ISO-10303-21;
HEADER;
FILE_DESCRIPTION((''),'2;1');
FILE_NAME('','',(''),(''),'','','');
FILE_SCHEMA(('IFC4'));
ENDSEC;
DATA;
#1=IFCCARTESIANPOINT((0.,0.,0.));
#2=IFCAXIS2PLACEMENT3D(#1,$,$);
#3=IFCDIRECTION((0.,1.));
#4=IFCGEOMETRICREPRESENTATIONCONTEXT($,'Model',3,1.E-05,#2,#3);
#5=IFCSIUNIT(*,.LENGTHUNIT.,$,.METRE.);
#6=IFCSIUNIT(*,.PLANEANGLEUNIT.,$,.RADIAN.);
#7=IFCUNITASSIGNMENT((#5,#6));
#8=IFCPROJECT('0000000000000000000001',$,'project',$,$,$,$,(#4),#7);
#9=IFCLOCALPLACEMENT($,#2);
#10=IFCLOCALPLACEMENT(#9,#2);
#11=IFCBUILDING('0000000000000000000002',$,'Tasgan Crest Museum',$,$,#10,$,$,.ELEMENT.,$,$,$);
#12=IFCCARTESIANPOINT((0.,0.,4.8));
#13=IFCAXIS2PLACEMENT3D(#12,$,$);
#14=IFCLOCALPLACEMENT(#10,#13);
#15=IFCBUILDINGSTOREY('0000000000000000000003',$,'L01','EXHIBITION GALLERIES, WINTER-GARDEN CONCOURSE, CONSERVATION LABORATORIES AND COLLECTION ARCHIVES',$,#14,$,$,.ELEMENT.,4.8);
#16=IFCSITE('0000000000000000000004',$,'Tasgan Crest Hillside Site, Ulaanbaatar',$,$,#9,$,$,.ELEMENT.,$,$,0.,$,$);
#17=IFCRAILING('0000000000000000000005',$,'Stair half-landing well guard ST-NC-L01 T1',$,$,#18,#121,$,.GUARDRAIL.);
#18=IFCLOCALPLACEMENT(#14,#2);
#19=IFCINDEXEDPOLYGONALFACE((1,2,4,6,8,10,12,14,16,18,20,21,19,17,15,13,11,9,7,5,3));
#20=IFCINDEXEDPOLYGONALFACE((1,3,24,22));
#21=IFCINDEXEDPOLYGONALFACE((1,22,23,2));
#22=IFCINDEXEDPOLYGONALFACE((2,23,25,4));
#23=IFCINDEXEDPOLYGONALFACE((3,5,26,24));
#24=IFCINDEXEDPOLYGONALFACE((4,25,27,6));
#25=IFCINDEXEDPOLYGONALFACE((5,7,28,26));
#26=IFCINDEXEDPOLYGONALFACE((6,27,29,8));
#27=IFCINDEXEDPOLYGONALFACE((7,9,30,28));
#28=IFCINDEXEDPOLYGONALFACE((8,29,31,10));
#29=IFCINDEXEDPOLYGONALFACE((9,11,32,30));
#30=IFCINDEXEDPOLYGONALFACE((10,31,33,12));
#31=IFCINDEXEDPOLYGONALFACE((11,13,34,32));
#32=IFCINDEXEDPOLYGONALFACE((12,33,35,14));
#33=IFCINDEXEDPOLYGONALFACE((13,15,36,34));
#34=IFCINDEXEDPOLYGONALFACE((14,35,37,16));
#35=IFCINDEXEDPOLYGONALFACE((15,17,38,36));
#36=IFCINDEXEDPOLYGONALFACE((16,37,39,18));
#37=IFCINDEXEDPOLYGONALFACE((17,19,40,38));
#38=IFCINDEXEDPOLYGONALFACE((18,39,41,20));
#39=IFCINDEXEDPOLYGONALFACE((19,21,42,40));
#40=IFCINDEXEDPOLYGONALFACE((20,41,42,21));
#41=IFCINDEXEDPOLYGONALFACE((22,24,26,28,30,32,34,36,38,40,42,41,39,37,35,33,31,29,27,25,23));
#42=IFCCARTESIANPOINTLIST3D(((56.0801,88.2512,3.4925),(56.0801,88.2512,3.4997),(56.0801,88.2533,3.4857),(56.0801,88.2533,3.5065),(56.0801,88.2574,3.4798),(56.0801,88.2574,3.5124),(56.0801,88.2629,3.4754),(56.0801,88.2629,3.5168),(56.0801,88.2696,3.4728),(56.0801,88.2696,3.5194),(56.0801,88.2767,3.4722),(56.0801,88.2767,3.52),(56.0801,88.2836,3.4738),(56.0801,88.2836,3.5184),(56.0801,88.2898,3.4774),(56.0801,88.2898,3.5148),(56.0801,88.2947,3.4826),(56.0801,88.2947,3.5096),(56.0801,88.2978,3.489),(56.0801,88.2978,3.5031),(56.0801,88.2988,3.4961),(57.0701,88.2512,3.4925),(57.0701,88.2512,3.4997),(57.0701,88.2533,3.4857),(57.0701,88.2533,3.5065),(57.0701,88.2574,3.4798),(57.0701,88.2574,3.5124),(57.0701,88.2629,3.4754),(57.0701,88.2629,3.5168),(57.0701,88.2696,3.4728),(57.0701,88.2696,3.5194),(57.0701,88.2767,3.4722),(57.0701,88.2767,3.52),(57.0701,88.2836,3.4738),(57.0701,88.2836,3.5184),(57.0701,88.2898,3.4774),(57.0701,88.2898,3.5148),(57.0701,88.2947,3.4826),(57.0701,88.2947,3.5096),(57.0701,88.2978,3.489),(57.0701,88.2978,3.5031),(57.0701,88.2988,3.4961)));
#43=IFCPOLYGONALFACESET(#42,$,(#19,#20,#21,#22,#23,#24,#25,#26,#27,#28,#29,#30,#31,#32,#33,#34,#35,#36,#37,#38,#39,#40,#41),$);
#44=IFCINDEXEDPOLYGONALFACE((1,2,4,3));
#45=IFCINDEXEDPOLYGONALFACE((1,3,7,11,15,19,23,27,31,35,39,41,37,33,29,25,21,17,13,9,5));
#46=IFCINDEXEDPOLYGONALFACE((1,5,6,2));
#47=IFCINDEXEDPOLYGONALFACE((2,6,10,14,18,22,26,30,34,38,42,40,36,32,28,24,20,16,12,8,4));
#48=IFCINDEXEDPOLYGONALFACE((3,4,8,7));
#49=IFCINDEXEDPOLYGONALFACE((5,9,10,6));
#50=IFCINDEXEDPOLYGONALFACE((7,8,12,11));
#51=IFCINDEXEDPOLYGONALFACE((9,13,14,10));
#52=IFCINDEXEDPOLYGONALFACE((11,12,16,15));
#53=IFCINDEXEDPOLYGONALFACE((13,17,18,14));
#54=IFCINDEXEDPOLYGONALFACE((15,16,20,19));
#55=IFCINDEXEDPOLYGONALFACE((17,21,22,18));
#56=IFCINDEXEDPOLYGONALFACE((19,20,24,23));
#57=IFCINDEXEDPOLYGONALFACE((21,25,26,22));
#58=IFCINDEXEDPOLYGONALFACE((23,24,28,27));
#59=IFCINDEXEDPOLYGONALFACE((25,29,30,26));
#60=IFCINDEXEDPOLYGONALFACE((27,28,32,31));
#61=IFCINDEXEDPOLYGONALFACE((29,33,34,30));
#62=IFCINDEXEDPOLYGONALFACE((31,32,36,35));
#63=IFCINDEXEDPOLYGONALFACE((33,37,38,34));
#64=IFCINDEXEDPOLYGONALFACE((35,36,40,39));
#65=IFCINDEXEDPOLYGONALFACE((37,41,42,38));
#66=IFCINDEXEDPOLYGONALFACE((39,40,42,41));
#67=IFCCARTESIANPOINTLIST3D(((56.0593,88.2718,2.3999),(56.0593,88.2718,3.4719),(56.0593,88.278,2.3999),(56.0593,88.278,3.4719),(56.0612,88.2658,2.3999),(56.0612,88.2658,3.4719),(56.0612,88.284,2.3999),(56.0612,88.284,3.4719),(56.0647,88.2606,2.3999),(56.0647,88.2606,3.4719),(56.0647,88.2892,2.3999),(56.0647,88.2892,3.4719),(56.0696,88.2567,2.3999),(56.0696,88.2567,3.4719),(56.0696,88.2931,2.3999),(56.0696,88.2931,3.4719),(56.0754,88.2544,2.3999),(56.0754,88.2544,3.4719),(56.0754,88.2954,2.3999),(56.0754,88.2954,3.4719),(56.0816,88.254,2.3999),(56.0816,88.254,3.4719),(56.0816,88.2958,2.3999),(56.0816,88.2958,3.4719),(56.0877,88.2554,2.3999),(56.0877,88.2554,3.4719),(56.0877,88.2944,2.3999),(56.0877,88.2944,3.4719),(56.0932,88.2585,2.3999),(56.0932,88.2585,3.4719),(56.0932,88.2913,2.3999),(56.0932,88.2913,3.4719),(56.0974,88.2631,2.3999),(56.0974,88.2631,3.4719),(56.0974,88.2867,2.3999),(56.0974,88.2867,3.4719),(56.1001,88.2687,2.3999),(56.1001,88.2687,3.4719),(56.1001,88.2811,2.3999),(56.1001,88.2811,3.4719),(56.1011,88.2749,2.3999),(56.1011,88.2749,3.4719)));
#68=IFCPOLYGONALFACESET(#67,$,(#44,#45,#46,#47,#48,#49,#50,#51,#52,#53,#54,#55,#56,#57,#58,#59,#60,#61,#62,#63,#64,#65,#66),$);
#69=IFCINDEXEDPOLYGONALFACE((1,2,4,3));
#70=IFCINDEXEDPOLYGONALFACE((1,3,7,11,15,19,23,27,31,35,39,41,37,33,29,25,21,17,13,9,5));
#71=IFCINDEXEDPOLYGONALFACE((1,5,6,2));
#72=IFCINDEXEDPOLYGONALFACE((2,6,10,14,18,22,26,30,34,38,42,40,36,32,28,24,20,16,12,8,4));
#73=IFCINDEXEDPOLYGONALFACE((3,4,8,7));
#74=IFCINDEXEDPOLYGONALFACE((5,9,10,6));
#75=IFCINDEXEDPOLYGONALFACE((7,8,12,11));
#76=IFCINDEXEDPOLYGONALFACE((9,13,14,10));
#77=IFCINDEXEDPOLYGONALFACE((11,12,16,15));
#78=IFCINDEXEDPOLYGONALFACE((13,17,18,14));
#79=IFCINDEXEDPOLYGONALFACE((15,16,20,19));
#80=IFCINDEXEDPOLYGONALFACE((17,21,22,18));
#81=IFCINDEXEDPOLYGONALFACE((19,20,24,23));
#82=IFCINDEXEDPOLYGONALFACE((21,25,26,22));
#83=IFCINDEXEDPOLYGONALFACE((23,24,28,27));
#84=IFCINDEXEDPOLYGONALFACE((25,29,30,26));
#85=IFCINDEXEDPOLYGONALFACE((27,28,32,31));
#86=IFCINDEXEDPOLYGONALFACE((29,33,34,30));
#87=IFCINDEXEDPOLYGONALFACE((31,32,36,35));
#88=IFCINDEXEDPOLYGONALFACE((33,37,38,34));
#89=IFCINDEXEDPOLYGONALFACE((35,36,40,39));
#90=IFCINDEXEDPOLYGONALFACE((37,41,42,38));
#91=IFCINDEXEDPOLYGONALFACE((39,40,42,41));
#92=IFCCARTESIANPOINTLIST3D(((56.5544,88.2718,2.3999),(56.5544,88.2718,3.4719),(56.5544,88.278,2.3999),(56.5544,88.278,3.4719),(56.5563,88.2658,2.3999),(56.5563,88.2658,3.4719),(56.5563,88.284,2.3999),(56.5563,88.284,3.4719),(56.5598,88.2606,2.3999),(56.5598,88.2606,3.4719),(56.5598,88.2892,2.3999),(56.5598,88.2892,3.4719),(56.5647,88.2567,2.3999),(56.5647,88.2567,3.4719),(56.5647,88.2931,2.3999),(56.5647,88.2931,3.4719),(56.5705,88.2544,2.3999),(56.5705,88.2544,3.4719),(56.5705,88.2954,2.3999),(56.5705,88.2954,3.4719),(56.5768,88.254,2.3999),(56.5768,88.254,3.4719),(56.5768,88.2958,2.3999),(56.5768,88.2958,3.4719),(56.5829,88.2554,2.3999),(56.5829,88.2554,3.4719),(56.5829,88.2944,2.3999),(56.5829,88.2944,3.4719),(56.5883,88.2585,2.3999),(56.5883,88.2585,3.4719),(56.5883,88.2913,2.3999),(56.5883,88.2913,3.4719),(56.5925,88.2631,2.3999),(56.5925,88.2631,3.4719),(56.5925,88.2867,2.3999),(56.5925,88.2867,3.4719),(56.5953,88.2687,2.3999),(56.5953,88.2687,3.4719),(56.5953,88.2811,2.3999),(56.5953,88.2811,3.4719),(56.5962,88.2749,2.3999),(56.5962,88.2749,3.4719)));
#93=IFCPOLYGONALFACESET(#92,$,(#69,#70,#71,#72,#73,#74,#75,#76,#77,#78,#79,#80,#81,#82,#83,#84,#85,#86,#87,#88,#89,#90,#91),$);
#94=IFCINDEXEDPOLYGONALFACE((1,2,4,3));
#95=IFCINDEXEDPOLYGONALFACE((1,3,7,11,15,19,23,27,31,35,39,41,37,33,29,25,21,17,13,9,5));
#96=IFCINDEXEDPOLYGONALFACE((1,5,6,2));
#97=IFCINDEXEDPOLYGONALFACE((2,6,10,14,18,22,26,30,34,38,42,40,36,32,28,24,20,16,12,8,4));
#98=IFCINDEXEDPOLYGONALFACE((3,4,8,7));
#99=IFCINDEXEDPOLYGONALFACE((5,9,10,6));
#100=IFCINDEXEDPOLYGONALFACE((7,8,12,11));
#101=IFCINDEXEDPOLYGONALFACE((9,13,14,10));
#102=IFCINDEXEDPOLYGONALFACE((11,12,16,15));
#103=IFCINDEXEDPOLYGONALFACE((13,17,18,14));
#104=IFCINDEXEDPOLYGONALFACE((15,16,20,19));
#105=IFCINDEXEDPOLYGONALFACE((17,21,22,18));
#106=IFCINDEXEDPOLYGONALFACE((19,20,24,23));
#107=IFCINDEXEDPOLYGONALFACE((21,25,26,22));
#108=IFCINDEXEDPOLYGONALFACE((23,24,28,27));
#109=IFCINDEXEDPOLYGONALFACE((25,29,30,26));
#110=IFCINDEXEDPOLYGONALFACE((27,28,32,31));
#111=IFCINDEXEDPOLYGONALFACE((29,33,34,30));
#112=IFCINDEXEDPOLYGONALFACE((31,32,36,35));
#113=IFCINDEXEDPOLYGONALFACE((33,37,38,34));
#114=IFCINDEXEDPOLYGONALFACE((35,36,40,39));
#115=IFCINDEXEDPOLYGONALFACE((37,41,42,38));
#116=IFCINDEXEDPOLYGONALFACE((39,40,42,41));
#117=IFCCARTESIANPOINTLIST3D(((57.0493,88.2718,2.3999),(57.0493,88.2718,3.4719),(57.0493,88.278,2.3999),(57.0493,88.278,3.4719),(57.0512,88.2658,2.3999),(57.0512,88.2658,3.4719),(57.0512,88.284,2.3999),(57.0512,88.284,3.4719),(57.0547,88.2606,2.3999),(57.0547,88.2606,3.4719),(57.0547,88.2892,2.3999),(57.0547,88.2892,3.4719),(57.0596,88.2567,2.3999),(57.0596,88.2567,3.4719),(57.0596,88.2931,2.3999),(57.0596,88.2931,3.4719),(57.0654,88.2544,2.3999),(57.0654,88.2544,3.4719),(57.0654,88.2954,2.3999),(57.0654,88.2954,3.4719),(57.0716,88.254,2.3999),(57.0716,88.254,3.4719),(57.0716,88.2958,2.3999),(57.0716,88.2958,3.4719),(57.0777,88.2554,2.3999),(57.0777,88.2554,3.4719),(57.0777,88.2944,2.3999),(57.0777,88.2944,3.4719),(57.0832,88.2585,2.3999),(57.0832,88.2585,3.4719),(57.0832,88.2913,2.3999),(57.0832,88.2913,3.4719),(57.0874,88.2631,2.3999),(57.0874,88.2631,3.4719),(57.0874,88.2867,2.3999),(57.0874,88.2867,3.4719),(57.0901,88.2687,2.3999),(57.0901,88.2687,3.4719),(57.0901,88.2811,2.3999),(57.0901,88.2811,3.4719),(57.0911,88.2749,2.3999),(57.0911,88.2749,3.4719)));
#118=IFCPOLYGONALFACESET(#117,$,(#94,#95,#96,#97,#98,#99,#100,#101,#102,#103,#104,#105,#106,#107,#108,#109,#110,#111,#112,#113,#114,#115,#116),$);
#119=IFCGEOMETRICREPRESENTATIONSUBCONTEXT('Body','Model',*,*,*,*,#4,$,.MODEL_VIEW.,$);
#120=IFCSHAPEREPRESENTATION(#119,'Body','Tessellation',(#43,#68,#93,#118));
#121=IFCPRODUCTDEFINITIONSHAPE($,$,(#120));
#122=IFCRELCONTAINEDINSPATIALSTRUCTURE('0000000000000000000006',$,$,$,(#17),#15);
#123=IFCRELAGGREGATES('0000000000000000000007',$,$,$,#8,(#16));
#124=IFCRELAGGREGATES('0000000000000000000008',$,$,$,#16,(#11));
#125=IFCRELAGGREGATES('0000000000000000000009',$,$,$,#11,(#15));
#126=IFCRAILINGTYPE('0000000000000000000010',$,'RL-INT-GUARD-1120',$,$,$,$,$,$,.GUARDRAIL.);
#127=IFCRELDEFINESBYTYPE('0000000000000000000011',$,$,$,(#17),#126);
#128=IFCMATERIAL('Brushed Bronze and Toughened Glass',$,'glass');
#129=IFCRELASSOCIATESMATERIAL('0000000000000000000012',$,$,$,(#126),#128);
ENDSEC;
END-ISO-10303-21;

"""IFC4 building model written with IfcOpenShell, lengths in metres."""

from ifc_helpers import new_model, si_unit, direction, frame, origin, origin_2d, place, context, subcontext, project, spatial, circle, extrude, material, type_object, element, save


model = new_model("IFC4")

# Units and contexts
model_context = context("Model", 3, precision=1e-05, world=origin(), true_north=direction((0.0, 1.0)))
body_context = subcontext(model_context, "Body", "Model", "MODEL_VIEW")
ifc_project = project(units=[si_unit("LENGTHUNIT", "METRE"), si_unit("PLANEANGLEUNIT", "RADIAN")], contexts=[model_context])

# Site, building, storey
site_placement = place(None, origin())
site = spatial("IfcSite", under=ifc_project, at=site_placement, Name="Tasgan Crest Hillside Site, Ulaanbaatar", CompositionType="ELEMENT", RefElevation=0.0)
building_placement = place(site_placement, origin())
building = spatial("IfcBuilding", under=site, at=building_placement, Name="Tasgan Crest Museum", CompositionType="ELEMENT")
storey_placement = place(building_placement, frame((0.0, 0.0, 4.8)))
storey = spatial("IfcBuildingStorey", under=building, at=storey_placement, Name="L01", Description="EXHIBITION GALLERIES, WINTER-GARDEN CONCOURSE, CONSERVATION LABORATORIES AND COLLECTION ARCHIVES", CompositionType="ELEMENT", Elevation=4.8)

# Railing
ifc_material_1 = material(Name="Brushed Bronze and Toughened Glass", Category="glass")
railing_type_1 = type_object("IfcRailingType", Name="RL-INT-GUARD-1120", PredefinedType="GUARDRAIL", material=ifc_material_1)
railing_1_placement = place(storey_placement, frame((56.0801, 88.2749, 2.3999)))
element("IfcRailing", 1, at=railing_1_placement, inside=storey, type_object=railing_type_1, Name="Stair half-landing well guard ST-NC-L01 T1", PredefinedType="GUARDRAIL", context=body_context, shape_type="SweptSolid", body=[
    extrude(circle(Radius=0.0239, at=origin_2d()), frame((0.0, 0.0, 1.0962), z_axis=(1.0, 0.0, 0.0), x_axis=(0.0, 1.0, 0.0)), (0.0, 0.0, 1.0), 0.99),
    extrude(circle(Radius=0.021, at=origin_2d()), origin(), (0.0, 0.0, 1.0), 1.072),
    extrude(circle(Radius=0.021, at=origin_2d()), frame((0.4951, 0.0, 0.0)), (0.0, 0.0, 1.0), 1.072),
    extrude(circle(Radius=0.021, at=origin_2d()), frame((0.99, 0.0, 0.0)), (0.0, 0.0, 1.0), 1.072),
])

save(model, "model.ifc")
